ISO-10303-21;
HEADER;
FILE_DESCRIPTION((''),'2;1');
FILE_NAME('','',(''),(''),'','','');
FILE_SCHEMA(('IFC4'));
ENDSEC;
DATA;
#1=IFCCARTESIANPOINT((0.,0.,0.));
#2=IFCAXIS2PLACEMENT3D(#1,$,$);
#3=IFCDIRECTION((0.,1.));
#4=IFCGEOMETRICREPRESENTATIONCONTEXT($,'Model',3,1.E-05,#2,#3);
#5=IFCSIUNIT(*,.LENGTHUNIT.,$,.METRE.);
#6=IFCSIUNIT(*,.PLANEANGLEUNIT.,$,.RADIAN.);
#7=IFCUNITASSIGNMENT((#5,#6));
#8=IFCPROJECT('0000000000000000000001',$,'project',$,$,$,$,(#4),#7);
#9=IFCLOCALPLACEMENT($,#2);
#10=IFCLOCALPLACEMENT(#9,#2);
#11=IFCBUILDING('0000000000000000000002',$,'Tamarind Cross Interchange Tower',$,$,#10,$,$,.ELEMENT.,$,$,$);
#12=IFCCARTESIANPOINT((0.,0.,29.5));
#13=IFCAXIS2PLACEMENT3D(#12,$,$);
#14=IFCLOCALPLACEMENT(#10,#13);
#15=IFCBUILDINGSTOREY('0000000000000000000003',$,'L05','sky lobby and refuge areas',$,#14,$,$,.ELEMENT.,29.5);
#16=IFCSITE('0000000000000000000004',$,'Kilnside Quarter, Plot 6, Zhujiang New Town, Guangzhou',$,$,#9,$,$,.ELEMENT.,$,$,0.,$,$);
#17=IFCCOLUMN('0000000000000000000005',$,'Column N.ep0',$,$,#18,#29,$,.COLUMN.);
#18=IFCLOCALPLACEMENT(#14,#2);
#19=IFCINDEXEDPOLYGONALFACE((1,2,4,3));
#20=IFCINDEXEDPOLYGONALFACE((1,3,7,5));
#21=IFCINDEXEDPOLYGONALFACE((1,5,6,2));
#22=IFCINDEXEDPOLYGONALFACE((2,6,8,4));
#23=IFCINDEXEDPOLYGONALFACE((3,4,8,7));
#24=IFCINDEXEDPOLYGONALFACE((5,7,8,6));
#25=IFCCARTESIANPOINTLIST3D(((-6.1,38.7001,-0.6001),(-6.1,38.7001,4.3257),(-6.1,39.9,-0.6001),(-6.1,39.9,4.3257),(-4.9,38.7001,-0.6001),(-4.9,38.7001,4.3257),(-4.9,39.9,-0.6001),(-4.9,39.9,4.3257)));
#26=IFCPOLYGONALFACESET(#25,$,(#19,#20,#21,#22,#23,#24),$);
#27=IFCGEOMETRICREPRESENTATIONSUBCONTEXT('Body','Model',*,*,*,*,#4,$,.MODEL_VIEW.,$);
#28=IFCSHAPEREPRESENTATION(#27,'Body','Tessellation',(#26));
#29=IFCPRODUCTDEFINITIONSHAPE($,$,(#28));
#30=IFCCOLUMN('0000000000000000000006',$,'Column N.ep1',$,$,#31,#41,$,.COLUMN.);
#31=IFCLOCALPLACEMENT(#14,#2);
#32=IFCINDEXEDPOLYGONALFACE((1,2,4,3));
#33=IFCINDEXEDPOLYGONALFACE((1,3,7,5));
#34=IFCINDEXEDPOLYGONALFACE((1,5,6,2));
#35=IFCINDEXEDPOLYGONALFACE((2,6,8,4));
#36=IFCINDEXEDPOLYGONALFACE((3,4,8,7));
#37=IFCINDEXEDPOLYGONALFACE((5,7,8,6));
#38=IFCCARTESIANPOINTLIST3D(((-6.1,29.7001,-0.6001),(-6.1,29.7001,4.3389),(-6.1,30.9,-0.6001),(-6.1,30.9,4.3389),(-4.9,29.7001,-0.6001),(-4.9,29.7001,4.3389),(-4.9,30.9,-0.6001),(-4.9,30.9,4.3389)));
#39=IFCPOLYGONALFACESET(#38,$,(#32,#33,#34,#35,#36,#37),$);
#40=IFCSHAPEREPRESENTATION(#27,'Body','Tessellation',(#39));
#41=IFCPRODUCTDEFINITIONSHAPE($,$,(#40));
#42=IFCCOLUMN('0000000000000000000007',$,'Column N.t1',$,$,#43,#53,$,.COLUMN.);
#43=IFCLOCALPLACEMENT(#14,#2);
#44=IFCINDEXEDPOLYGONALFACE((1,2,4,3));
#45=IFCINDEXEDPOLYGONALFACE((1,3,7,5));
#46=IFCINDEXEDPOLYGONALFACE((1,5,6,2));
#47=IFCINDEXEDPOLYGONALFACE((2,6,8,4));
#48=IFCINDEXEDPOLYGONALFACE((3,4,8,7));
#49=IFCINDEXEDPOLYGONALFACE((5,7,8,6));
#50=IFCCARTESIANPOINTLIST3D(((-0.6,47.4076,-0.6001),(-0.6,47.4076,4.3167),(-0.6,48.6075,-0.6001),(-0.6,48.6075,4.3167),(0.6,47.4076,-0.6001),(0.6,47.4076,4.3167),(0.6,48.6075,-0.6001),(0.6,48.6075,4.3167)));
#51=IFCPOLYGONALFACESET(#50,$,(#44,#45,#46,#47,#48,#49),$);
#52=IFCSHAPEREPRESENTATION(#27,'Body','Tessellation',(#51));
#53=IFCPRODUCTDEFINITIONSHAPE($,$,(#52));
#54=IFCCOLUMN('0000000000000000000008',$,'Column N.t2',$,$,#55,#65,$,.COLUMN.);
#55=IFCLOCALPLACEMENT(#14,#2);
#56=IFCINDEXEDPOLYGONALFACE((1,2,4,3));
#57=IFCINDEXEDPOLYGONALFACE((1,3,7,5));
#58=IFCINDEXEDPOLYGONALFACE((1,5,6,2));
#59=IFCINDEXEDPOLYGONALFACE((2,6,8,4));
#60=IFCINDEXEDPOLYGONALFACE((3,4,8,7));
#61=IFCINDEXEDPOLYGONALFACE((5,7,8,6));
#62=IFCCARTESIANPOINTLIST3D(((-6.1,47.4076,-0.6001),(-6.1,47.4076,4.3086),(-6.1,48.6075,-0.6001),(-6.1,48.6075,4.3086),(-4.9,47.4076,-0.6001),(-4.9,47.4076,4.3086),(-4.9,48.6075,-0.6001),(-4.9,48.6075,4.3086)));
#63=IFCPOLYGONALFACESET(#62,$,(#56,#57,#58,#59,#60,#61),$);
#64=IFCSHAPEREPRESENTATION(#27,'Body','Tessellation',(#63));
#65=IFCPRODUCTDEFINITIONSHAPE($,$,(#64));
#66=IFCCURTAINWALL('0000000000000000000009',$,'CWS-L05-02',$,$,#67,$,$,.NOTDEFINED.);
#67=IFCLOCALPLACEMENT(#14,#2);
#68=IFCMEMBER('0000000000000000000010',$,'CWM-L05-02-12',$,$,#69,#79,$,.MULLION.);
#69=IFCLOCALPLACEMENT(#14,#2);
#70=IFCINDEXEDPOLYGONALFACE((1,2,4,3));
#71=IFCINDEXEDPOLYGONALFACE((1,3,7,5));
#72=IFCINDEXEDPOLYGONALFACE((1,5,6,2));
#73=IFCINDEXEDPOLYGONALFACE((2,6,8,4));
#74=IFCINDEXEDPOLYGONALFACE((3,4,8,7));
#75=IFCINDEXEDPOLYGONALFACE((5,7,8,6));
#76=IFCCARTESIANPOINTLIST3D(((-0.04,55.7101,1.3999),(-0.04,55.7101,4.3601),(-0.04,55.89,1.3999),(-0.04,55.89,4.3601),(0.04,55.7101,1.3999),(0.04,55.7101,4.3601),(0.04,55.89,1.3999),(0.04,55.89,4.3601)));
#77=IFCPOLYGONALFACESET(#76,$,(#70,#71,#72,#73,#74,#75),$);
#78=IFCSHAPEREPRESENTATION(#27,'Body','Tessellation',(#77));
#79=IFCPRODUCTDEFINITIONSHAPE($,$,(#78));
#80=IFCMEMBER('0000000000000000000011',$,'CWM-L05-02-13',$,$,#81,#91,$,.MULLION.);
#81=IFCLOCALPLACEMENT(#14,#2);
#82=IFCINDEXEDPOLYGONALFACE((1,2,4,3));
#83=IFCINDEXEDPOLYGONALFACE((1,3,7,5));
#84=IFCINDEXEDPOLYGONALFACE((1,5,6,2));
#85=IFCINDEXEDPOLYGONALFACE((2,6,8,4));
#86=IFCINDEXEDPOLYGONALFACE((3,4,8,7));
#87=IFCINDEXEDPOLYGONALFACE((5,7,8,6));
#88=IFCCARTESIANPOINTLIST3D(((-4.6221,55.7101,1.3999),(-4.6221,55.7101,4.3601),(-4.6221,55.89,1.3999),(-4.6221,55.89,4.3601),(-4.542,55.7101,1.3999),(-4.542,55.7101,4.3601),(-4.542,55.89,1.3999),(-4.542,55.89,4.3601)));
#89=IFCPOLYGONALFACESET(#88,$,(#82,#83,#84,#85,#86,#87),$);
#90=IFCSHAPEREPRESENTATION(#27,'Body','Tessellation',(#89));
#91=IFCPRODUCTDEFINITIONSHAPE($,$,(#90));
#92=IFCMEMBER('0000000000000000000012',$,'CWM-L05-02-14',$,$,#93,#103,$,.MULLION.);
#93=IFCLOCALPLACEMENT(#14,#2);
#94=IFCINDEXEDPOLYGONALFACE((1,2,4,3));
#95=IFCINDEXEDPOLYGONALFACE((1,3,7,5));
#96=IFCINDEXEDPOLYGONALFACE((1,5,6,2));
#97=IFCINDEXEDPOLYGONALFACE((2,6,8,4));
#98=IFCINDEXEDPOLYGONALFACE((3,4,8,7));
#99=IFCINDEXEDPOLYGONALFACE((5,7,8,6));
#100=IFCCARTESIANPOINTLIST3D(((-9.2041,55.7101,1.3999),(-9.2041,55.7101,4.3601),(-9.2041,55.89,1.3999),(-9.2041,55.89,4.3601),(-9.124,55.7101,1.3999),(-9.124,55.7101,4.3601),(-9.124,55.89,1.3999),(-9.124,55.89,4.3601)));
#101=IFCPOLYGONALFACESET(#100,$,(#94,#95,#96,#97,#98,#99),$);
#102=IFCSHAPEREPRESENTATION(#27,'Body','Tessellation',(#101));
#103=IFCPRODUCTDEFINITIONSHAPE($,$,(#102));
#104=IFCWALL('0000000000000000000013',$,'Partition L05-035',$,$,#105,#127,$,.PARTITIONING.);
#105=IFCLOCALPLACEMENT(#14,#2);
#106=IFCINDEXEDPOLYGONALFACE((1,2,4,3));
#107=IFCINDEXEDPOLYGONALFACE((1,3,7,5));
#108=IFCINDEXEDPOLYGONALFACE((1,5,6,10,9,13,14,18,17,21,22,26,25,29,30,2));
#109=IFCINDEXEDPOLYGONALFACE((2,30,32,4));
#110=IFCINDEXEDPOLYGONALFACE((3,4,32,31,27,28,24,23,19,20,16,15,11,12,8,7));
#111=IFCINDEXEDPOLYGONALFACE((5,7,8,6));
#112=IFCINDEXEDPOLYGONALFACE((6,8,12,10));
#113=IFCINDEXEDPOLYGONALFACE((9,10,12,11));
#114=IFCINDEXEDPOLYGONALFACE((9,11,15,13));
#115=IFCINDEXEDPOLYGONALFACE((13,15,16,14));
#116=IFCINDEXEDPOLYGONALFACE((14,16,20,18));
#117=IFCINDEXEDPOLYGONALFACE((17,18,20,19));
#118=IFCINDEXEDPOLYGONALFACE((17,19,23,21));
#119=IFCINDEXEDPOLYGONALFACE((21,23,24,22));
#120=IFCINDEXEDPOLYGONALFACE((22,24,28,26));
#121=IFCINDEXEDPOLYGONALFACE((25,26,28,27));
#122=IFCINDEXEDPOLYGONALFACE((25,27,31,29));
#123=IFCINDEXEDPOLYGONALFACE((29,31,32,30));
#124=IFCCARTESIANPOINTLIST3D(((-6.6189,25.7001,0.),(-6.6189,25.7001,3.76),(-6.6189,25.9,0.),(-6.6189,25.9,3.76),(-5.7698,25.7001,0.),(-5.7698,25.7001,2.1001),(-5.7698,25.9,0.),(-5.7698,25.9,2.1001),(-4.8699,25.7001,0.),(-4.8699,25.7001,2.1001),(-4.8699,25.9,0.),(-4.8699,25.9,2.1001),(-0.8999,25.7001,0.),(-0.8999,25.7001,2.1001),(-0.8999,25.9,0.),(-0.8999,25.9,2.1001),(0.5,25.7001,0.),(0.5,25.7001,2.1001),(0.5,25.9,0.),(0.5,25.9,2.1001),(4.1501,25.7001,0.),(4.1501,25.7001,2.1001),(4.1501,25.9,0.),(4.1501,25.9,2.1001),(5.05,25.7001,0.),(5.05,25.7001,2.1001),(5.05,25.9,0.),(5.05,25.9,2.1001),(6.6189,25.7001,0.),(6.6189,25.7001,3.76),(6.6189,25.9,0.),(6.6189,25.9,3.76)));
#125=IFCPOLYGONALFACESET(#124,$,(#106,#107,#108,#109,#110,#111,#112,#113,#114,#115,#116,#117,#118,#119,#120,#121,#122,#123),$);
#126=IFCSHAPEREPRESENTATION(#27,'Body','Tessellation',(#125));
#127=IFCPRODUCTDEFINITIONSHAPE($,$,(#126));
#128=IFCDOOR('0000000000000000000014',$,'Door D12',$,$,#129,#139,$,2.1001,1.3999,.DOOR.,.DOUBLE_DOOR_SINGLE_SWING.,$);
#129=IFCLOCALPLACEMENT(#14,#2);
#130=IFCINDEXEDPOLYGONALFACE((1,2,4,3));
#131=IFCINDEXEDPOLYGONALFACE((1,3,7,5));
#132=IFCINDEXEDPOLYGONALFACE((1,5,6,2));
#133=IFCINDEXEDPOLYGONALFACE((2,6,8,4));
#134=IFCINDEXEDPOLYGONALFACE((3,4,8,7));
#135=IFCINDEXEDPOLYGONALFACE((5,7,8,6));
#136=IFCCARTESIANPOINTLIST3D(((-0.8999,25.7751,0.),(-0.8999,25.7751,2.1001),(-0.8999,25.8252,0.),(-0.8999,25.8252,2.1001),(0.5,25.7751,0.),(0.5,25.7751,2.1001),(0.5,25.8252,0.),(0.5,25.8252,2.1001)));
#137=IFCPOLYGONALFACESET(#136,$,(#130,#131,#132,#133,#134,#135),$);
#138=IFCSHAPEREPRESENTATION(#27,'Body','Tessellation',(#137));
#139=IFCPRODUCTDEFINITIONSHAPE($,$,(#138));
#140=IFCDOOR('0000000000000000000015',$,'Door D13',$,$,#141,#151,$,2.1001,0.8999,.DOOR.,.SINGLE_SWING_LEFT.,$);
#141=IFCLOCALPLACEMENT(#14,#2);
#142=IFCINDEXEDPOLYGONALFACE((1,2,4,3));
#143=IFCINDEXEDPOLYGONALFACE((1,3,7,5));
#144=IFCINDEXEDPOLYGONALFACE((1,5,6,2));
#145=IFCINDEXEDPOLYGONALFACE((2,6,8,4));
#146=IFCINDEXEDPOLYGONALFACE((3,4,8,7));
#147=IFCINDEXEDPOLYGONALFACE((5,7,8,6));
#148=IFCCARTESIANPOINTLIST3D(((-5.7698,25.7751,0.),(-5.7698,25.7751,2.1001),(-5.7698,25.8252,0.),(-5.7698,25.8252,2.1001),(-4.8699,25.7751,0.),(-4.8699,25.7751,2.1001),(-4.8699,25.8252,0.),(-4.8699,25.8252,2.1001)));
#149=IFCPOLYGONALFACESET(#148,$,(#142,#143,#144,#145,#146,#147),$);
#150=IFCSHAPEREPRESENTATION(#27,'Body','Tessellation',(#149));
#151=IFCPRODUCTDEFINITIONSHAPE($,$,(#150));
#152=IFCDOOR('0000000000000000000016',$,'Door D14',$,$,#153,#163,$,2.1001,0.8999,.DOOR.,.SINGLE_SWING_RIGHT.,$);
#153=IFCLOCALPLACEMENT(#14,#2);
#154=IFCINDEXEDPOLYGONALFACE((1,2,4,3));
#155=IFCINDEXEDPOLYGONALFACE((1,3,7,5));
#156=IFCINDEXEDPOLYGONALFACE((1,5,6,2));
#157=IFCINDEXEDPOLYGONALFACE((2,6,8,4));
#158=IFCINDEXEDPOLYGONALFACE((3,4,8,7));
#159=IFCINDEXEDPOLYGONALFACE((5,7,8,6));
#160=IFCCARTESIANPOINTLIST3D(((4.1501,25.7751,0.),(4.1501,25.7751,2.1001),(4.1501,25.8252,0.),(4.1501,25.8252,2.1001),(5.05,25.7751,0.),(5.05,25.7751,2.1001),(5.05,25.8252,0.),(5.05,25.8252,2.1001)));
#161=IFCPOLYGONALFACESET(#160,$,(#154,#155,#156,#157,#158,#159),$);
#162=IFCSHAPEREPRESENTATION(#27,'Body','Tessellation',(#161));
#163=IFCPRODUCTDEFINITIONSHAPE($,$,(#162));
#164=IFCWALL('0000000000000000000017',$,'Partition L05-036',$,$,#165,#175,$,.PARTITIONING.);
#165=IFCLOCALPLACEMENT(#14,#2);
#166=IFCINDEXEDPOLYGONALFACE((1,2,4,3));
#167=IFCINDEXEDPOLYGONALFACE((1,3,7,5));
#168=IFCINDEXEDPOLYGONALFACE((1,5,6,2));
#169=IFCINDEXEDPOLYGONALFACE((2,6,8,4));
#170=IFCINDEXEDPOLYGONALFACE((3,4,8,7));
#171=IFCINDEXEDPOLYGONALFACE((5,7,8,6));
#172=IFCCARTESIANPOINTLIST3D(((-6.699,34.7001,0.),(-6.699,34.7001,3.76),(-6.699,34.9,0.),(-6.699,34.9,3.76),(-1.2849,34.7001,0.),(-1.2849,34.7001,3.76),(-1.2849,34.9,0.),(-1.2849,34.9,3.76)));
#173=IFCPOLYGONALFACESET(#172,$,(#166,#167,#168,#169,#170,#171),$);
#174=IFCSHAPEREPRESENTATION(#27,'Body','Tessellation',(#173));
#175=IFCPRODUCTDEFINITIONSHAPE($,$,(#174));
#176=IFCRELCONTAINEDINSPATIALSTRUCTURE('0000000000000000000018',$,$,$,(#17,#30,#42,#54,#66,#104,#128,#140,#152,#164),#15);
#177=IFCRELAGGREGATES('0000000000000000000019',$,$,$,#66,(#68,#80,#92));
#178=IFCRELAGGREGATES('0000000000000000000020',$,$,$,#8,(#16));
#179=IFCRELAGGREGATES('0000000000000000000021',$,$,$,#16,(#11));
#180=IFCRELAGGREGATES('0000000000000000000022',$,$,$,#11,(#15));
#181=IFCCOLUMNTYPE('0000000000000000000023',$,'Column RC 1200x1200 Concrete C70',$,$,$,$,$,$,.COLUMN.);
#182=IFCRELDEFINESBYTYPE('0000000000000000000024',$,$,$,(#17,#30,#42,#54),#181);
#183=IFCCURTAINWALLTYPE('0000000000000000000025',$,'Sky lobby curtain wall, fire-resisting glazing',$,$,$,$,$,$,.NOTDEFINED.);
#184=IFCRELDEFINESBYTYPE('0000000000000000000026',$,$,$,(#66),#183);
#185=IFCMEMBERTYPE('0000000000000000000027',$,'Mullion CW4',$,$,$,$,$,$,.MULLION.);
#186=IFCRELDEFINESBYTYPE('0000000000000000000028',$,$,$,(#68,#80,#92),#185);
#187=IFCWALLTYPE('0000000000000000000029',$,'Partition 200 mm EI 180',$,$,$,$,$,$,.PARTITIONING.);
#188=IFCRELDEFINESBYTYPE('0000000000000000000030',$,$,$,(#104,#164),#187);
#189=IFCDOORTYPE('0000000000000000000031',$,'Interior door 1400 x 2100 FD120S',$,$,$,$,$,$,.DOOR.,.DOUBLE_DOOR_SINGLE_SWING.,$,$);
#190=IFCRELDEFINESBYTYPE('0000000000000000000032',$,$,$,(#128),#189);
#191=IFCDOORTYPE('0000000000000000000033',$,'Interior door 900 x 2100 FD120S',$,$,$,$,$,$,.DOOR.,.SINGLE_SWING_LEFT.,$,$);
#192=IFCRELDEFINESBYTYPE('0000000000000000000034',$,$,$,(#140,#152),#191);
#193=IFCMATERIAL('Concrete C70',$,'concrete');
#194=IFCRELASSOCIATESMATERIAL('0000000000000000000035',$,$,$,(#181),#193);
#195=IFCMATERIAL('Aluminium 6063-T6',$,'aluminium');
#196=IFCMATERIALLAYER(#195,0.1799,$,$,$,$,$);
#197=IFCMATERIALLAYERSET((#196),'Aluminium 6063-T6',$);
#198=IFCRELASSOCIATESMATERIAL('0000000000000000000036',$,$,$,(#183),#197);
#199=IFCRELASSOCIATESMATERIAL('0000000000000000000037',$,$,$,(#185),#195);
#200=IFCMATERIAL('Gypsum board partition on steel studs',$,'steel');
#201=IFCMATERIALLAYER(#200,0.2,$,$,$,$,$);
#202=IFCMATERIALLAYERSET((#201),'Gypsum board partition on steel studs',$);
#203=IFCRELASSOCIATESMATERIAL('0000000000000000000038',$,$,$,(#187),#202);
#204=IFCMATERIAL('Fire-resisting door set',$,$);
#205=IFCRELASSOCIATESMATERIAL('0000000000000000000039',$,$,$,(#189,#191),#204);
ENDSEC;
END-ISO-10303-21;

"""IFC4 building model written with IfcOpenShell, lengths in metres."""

from ifc_helpers import new_model, si_unit, direction, frame, frame_2d, origin, origin_2d, place, context, subcontext, project, spatial, rectangle, extrude, material, layer, layer_set, material_profile, profile_set, type_object, element, fill, aggregate, save


model = new_model("IFC4")

# Units and contexts
model_context = context("Model", 3, precision=1e-05, world=origin(), true_north=direction((0.0, 1.0)))
body_context = subcontext(model_context, "Body", "Model", "MODEL_VIEW")
ifc_project = project(units=[si_unit("LENGTHUNIT", "METRE"), si_unit("PLANEANGLEUNIT", "RADIAN")], contexts=[model_context])

# Site, building, storey
site_placement = place(None, origin())
site = spatial("IfcSite", under=ifc_project, at=site_placement, Name="Kilnside Quarter, Plot 6, Zhujiang New Town, Guangzhou", CompositionType="ELEMENT", RefElevation=0.0)
building_placement = place(site_placement, origin())
building = spatial("IfcBuilding", under=site, at=building_placement, Name="Tamarind Cross Interchange Tower", CompositionType="ELEMENT")
storey_placement = place(building_placement, frame((0.0, 0.0, 29.5)))
storey = spatial("IfcBuildingStorey", under=building, at=storey_placement, Name="L05", Description="sky lobby and refuge areas", CompositionType="ELEMENT", Elevation=29.5)

# Columns
ifc_material_1 = material(Name="Concrete C70", Category="concrete")
ifc_material_profile_1 = material_profile(ifc_material_1, rectangle(XDim=1.2, YDim=1.2, at=origin_2d()), Name="RC 1200x1200")
ifc_profile_set_1 = profile_set([ifc_material_profile_1], Name="Concrete C70")
column_type = type_object("IfcColumnType", Name="Column RC 1200x1200 Concrete C70", PredefinedType="COLUMN", material=ifc_profile_set_1)
column_1_placement = place(storey_placement, frame((-5.5, 39.3, -0.6001), z_axis=(0.0, 0.0, 1.0), x_axis=(1.0, 0.0, 0.0)))
element("IfcColumn", 1, at=column_1_placement, inside=storey, type_object=column_type, Name="Column N.ep0", PredefinedType="COLUMN", context=body_context, shape_type="SweptSolid", body=[
    extrude(rectangle(XDim=1.2, YDim=1.2, at=origin_2d()), origin(), (0.0, 0.0, 1.0), 4.9258),
])
column_2_placement = place(storey_placement, frame((-5.5, 30.3, -0.6001), z_axis=(0.0, 0.0, 1.0), x_axis=(1.0, 0.0, 0.0)))
element("IfcColumn", 2, at=column_2_placement, inside=storey, type_object=column_type, Name="Column N.ep1", PredefinedType="COLUMN", context=body_context, shape_type="SweptSolid", body=[
    extrude(rectangle(XDim=1.2, YDim=1.2, at=origin_2d()), origin(), (0.0, 0.0, 1.0), 4.939),
])
column_3_placement = place(storey_placement, frame((0.0, 48.0076, -0.6001), z_axis=(0.0, 0.0, 1.0), x_axis=(1.0, 0.0, 0.0)))
element("IfcColumn", 3, at=column_3_placement, inside=storey, type_object=column_type, Name="Column N.t1", PredefinedType="COLUMN", context=body_context, shape_type="SweptSolid", body=[
    extrude(rectangle(XDim=1.2, YDim=1.2, at=origin_2d()), origin(), (0.0, 0.0, 1.0), 4.9167),
])
column_4_placement = place(storey_placement, frame((-5.5, 48.0076, -0.6001), z_axis=(0.0, 0.0, 1.0), x_axis=(1.0, 0.0, 0.0)))
element("IfcColumn", 4, at=column_4_placement, inside=storey, type_object=column_type, Name="Column N.t2", PredefinedType="COLUMN", context=body_context, shape_type="SweptSolid", body=[
    extrude(rectangle(XDim=1.2, YDim=1.2, at=origin_2d()), origin(), (0.0, 0.0, 1.0), 4.9087),
])

# Curtain wall, members
ifc_material_2 = material(Name="Aluminium 6063-T6", Category="aluminium")
ifc_layer_1 = layer(ifc_material_2, 0.1799)
ifc_layer_set_1 = layer_set([ifc_layer_1], Name="Aluminium 6063-T6")
curtain_wall_type = type_object("IfcCurtainWallType", Name="Sky lobby curtain wall, fire-resisting glazing", PredefinedType="NOTDEFINED", material=ifc_layer_set_1)
curtain_wall_placement = place(storey_placement, origin())
curtain_wall = element("IfcCurtainWall", 5, at=curtain_wall_placement, inside=storey, type_object=curtain_wall_type, Name="CWS-L05-02", PredefinedType="NOTDEFINED")
ifc_material_profile_2 = material_profile(ifc_material_2, rectangle(XDim=0.0801, YDim=0.1799, at=origin_2d()), Name="Mullion CW4")
ifc_profile_set_2 = profile_set([ifc_material_profile_2], Name="Aluminium 6063-T6")
member_type = type_object("IfcMemberType", Name="Mullion CW4", PredefinedType="MULLION", material=ifc_profile_set_2)
member_1_placement = place(storey_placement, frame((0.0, 55.8, 1.3999), z_axis=(0.0, 0.0, 1.0), x_axis=(-1.0, 0.0, 0.0)))
member_1 = element("IfcMember", 6, at=member_1_placement, type_object=member_type, Name="CWM-L05-02-12", PredefinedType="MULLION", context=body_context, shape_type="SweptSolid", body=[
    extrude(rectangle(XDim=0.0801, YDim=0.1799, at=origin_2d()), origin(), (0.0, 0.0, 1.0), 2.9602),
])
member_2_placement = place(storey_placement, frame((-4.582, 55.8, 1.3999), z_axis=(0.0, 0.0, 1.0), x_axis=(-1.0, 0.0, 0.0)))
member_2 = element("IfcMember", 7, at=member_2_placement, type_object=member_type, Name="CWM-L05-02-13", PredefinedType="MULLION", context=body_context, shape_type="SweptSolid", body=[
    extrude(rectangle(XDim=0.0801, YDim=0.1799, at=origin_2d()), origin(), (0.0, 0.0, 1.0), 2.9602),
])
member_3_placement = place(storey_placement, frame((-9.1641, 55.8, 1.3999), z_axis=(0.0, 0.0, 1.0), x_axis=(-1.0, 0.0, 0.0)))
member_3 = element("IfcMember", 8, at=member_3_placement, type_object=member_type, Name="CWM-L05-02-14", PredefinedType="MULLION", context=body_context, shape_type="SweptSolid", body=[
    extrude(rectangle(XDim=0.0801, YDim=0.1799, at=origin_2d()), origin(), (0.0, 0.0, 1.0), 2.9602),
])
aggregate(curtain_wall, [member_1, member_2, member_3])

# Wall, openings, doors
ifc_material_3 = material(Name="Gypsum board partition on steel studs", Category="steel")
ifc_layer_2 = layer(ifc_material_3, 0.2)
ifc_layer_set_2 = layer_set([ifc_layer_2], Name="Gypsum board partition on steel studs")
wall_type_1 = type_object("IfcWallType", Name="Partition 200 mm EI 180", PredefinedType="PARTITIONING", material=ifc_layer_set_2)
wall_1_placement = place(storey_placement, frame((-6.6189, 25.8, 0.0), z_axis=(0.0, 0.0, 1.0), x_axis=(1.0, 0.0, 0.0)))
wall_1 = element("IfcWall", 9, at=wall_1_placement, inside=storey, type_object=wall_type_1, Name="Partition L05-035", PredefinedType="PARTITIONING", context=body_context, shape_type="SweptSolid", body=[
    extrude(rectangle(XDim=13.2378, YDim=0.2, at=frame_2d((6.6189, 0.0))), origin(), (0.0, 0.0, 1.0), 3.76),
])
opening_1_placement = place(wall_1_placement, frame((5.719, 0.0, 0.0)))
opening_1 = element("IfcOpeningElement", 10, at=opening_1_placement, cuts=wall_1, PredefinedType="OPENING", context=body_context, shape_type="SweptSolid", body=[
    extrude(rectangle(XDim=1.3999, YDim=2.1001, at=frame_2d((0.7, 1.05))), frame((0.0, 0.1099, 0.0), z_axis=(0.0, -1.0, 0.0), x_axis=(1.0, 0.0, 0.0)), (0.0, 0.0, 1.0), 0.22),
])
opening_2_placement = place(wall_1_placement, frame((0.8491, 0.0, 0.0)))
opening_2 = element("IfcOpeningElement", 11, at=opening_2_placement, cuts=wall_1, PredefinedType="OPENING", context=body_context, shape_type="SweptSolid", body=[
    extrude(rectangle(XDim=0.8999, YDim=2.1001, at=frame_2d((0.45, 1.05))), frame((0.0, 0.1099, 0.0), z_axis=(0.0, -1.0, 0.0), x_axis=(1.0, 0.0, 0.0)), (0.0, 0.0, 1.0), 0.22),
])
opening_3_placement = place(wall_1_placement, frame((10.769, 0.0, 0.0)))
opening_3 = element("IfcOpeningElement", 12, at=opening_3_placement, cuts=wall_1, PredefinedType="OPENING", context=body_context, shape_type="SweptSolid", body=[
    extrude(rectangle(XDim=0.8999, YDim=2.1001, at=frame_2d((0.45, 1.05))), frame((0.0, 0.1099, 0.0), z_axis=(0.0, -1.0, 0.0), x_axis=(1.0, 0.0, 0.0)), (0.0, 0.0, 1.0), 0.22),
])
ifc_material_4 = material(Name="Fire-resisting door set")
door_type_1 = type_object("IfcDoorType", Name="Interior door 1400 x 2100 FD120S", OperationType="DOUBLE_DOOR_SINGLE_SWING", PredefinedType="DOOR", material=ifc_material_4)
door_1_placement = place(opening_1_placement, frame((1.3999, 0.0, 0.0), z_axis=(0.0, 0.0, 1.0), x_axis=(-1.0, 0.0, 0.0)))
door_1 = element("IfcDoor", 13, at=door_1_placement, inside=storey, type_object=door_type_1, Name="Door D12", OperationType="DOUBLE_DOOR_SINGLE_SWING", OverallHeight=2.1001, OverallWidth=1.3999, PredefinedType="DOOR", context=body_context, shape_type="SweptSolid", body=[
    extrude(rectangle(XDim=1.3999, YDim=2.1001, at=frame_2d((0.7, 1.05))), frame((0.0, 0.0249, 0.0), z_axis=(0.0, -1.0, 0.0), x_axis=(1.0, 0.0, 0.0)), (0.0, 0.0, 1.0), 0.05),
])
fill(opening_1, door_1)
door_type_2 = type_object("IfcDoorType", Name="Interior door 900 x 2100 FD120S", OperationType="SINGLE_SWING_LEFT", PredefinedType="DOOR", material=ifc_material_4)
door_2_placement = place(opening_2_placement, frame((0.8999, 0.0, 0.0), z_axis=(0.0, 0.0, 1.0), x_axis=(-1.0, 0.0, 0.0)))
door_2 = element("IfcDoor", 14, at=door_2_placement, inside=storey, type_object=door_type_2, Name="Door D13", OperationType="SINGLE_SWING_LEFT", OverallHeight=2.1001, OverallWidth=0.8999, PredefinedType="DOOR", context=body_context, shape_type="SweptSolid", body=[
    extrude(rectangle(XDim=0.8999, YDim=2.1001, at=frame_2d((0.45, 1.05))), frame((0.0, 0.0249, 0.0), z_axis=(0.0, -1.0, 0.0), x_axis=(1.0, 0.0, 0.0)), (0.0, 0.0, 1.0), 0.05),
])
fill(opening_2, door_2)
door_3_placement = place(opening_3_placement, frame((0.8999, 0.0, 0.0), z_axis=(0.0, 0.0, 1.0), x_axis=(-1.0, 0.0, 0.0)))
door_3 = element("IfcDoor", 15, at=door_3_placement, inside=storey, type_object=door_type_2, Name="Door D14", OperationType="SINGLE_SWING_RIGHT", OverallHeight=2.1001, OverallWidth=0.8999, PredefinedType="DOOR", context=body_context, shape_type="SweptSolid", body=[
    extrude(rectangle(XDim=0.8999, YDim=2.1001, at=frame_2d((0.45, 1.05))), frame((0.0, 0.0249, 0.0), z_axis=(0.0, -1.0, 0.0), x_axis=(1.0, 0.0, 0.0)), (0.0, 0.0, 1.0), 0.05),
])
fill(opening_3, door_3)

# Wall
wall_2_placement = place(storey_placement, frame((-6.699, 34.8, 0.0), z_axis=(0.0, 0.0, 1.0), x_axis=(1.0, 0.0, 0.0)))
element("IfcWall", 16, at=wall_2_placement, inside=storey, type_object=wall_type_1, Name="Partition L05-036", PredefinedType="PARTITIONING", context=body_context, shape_type="SweptSolid", body=[
    extrude(rectangle(XDim=5.4141, YDim=0.2, at=frame_2d((2.707, 0.0))), origin(), (0.0, 0.0, 1.0), 3.76),
])

save(model, "model.ifc")
